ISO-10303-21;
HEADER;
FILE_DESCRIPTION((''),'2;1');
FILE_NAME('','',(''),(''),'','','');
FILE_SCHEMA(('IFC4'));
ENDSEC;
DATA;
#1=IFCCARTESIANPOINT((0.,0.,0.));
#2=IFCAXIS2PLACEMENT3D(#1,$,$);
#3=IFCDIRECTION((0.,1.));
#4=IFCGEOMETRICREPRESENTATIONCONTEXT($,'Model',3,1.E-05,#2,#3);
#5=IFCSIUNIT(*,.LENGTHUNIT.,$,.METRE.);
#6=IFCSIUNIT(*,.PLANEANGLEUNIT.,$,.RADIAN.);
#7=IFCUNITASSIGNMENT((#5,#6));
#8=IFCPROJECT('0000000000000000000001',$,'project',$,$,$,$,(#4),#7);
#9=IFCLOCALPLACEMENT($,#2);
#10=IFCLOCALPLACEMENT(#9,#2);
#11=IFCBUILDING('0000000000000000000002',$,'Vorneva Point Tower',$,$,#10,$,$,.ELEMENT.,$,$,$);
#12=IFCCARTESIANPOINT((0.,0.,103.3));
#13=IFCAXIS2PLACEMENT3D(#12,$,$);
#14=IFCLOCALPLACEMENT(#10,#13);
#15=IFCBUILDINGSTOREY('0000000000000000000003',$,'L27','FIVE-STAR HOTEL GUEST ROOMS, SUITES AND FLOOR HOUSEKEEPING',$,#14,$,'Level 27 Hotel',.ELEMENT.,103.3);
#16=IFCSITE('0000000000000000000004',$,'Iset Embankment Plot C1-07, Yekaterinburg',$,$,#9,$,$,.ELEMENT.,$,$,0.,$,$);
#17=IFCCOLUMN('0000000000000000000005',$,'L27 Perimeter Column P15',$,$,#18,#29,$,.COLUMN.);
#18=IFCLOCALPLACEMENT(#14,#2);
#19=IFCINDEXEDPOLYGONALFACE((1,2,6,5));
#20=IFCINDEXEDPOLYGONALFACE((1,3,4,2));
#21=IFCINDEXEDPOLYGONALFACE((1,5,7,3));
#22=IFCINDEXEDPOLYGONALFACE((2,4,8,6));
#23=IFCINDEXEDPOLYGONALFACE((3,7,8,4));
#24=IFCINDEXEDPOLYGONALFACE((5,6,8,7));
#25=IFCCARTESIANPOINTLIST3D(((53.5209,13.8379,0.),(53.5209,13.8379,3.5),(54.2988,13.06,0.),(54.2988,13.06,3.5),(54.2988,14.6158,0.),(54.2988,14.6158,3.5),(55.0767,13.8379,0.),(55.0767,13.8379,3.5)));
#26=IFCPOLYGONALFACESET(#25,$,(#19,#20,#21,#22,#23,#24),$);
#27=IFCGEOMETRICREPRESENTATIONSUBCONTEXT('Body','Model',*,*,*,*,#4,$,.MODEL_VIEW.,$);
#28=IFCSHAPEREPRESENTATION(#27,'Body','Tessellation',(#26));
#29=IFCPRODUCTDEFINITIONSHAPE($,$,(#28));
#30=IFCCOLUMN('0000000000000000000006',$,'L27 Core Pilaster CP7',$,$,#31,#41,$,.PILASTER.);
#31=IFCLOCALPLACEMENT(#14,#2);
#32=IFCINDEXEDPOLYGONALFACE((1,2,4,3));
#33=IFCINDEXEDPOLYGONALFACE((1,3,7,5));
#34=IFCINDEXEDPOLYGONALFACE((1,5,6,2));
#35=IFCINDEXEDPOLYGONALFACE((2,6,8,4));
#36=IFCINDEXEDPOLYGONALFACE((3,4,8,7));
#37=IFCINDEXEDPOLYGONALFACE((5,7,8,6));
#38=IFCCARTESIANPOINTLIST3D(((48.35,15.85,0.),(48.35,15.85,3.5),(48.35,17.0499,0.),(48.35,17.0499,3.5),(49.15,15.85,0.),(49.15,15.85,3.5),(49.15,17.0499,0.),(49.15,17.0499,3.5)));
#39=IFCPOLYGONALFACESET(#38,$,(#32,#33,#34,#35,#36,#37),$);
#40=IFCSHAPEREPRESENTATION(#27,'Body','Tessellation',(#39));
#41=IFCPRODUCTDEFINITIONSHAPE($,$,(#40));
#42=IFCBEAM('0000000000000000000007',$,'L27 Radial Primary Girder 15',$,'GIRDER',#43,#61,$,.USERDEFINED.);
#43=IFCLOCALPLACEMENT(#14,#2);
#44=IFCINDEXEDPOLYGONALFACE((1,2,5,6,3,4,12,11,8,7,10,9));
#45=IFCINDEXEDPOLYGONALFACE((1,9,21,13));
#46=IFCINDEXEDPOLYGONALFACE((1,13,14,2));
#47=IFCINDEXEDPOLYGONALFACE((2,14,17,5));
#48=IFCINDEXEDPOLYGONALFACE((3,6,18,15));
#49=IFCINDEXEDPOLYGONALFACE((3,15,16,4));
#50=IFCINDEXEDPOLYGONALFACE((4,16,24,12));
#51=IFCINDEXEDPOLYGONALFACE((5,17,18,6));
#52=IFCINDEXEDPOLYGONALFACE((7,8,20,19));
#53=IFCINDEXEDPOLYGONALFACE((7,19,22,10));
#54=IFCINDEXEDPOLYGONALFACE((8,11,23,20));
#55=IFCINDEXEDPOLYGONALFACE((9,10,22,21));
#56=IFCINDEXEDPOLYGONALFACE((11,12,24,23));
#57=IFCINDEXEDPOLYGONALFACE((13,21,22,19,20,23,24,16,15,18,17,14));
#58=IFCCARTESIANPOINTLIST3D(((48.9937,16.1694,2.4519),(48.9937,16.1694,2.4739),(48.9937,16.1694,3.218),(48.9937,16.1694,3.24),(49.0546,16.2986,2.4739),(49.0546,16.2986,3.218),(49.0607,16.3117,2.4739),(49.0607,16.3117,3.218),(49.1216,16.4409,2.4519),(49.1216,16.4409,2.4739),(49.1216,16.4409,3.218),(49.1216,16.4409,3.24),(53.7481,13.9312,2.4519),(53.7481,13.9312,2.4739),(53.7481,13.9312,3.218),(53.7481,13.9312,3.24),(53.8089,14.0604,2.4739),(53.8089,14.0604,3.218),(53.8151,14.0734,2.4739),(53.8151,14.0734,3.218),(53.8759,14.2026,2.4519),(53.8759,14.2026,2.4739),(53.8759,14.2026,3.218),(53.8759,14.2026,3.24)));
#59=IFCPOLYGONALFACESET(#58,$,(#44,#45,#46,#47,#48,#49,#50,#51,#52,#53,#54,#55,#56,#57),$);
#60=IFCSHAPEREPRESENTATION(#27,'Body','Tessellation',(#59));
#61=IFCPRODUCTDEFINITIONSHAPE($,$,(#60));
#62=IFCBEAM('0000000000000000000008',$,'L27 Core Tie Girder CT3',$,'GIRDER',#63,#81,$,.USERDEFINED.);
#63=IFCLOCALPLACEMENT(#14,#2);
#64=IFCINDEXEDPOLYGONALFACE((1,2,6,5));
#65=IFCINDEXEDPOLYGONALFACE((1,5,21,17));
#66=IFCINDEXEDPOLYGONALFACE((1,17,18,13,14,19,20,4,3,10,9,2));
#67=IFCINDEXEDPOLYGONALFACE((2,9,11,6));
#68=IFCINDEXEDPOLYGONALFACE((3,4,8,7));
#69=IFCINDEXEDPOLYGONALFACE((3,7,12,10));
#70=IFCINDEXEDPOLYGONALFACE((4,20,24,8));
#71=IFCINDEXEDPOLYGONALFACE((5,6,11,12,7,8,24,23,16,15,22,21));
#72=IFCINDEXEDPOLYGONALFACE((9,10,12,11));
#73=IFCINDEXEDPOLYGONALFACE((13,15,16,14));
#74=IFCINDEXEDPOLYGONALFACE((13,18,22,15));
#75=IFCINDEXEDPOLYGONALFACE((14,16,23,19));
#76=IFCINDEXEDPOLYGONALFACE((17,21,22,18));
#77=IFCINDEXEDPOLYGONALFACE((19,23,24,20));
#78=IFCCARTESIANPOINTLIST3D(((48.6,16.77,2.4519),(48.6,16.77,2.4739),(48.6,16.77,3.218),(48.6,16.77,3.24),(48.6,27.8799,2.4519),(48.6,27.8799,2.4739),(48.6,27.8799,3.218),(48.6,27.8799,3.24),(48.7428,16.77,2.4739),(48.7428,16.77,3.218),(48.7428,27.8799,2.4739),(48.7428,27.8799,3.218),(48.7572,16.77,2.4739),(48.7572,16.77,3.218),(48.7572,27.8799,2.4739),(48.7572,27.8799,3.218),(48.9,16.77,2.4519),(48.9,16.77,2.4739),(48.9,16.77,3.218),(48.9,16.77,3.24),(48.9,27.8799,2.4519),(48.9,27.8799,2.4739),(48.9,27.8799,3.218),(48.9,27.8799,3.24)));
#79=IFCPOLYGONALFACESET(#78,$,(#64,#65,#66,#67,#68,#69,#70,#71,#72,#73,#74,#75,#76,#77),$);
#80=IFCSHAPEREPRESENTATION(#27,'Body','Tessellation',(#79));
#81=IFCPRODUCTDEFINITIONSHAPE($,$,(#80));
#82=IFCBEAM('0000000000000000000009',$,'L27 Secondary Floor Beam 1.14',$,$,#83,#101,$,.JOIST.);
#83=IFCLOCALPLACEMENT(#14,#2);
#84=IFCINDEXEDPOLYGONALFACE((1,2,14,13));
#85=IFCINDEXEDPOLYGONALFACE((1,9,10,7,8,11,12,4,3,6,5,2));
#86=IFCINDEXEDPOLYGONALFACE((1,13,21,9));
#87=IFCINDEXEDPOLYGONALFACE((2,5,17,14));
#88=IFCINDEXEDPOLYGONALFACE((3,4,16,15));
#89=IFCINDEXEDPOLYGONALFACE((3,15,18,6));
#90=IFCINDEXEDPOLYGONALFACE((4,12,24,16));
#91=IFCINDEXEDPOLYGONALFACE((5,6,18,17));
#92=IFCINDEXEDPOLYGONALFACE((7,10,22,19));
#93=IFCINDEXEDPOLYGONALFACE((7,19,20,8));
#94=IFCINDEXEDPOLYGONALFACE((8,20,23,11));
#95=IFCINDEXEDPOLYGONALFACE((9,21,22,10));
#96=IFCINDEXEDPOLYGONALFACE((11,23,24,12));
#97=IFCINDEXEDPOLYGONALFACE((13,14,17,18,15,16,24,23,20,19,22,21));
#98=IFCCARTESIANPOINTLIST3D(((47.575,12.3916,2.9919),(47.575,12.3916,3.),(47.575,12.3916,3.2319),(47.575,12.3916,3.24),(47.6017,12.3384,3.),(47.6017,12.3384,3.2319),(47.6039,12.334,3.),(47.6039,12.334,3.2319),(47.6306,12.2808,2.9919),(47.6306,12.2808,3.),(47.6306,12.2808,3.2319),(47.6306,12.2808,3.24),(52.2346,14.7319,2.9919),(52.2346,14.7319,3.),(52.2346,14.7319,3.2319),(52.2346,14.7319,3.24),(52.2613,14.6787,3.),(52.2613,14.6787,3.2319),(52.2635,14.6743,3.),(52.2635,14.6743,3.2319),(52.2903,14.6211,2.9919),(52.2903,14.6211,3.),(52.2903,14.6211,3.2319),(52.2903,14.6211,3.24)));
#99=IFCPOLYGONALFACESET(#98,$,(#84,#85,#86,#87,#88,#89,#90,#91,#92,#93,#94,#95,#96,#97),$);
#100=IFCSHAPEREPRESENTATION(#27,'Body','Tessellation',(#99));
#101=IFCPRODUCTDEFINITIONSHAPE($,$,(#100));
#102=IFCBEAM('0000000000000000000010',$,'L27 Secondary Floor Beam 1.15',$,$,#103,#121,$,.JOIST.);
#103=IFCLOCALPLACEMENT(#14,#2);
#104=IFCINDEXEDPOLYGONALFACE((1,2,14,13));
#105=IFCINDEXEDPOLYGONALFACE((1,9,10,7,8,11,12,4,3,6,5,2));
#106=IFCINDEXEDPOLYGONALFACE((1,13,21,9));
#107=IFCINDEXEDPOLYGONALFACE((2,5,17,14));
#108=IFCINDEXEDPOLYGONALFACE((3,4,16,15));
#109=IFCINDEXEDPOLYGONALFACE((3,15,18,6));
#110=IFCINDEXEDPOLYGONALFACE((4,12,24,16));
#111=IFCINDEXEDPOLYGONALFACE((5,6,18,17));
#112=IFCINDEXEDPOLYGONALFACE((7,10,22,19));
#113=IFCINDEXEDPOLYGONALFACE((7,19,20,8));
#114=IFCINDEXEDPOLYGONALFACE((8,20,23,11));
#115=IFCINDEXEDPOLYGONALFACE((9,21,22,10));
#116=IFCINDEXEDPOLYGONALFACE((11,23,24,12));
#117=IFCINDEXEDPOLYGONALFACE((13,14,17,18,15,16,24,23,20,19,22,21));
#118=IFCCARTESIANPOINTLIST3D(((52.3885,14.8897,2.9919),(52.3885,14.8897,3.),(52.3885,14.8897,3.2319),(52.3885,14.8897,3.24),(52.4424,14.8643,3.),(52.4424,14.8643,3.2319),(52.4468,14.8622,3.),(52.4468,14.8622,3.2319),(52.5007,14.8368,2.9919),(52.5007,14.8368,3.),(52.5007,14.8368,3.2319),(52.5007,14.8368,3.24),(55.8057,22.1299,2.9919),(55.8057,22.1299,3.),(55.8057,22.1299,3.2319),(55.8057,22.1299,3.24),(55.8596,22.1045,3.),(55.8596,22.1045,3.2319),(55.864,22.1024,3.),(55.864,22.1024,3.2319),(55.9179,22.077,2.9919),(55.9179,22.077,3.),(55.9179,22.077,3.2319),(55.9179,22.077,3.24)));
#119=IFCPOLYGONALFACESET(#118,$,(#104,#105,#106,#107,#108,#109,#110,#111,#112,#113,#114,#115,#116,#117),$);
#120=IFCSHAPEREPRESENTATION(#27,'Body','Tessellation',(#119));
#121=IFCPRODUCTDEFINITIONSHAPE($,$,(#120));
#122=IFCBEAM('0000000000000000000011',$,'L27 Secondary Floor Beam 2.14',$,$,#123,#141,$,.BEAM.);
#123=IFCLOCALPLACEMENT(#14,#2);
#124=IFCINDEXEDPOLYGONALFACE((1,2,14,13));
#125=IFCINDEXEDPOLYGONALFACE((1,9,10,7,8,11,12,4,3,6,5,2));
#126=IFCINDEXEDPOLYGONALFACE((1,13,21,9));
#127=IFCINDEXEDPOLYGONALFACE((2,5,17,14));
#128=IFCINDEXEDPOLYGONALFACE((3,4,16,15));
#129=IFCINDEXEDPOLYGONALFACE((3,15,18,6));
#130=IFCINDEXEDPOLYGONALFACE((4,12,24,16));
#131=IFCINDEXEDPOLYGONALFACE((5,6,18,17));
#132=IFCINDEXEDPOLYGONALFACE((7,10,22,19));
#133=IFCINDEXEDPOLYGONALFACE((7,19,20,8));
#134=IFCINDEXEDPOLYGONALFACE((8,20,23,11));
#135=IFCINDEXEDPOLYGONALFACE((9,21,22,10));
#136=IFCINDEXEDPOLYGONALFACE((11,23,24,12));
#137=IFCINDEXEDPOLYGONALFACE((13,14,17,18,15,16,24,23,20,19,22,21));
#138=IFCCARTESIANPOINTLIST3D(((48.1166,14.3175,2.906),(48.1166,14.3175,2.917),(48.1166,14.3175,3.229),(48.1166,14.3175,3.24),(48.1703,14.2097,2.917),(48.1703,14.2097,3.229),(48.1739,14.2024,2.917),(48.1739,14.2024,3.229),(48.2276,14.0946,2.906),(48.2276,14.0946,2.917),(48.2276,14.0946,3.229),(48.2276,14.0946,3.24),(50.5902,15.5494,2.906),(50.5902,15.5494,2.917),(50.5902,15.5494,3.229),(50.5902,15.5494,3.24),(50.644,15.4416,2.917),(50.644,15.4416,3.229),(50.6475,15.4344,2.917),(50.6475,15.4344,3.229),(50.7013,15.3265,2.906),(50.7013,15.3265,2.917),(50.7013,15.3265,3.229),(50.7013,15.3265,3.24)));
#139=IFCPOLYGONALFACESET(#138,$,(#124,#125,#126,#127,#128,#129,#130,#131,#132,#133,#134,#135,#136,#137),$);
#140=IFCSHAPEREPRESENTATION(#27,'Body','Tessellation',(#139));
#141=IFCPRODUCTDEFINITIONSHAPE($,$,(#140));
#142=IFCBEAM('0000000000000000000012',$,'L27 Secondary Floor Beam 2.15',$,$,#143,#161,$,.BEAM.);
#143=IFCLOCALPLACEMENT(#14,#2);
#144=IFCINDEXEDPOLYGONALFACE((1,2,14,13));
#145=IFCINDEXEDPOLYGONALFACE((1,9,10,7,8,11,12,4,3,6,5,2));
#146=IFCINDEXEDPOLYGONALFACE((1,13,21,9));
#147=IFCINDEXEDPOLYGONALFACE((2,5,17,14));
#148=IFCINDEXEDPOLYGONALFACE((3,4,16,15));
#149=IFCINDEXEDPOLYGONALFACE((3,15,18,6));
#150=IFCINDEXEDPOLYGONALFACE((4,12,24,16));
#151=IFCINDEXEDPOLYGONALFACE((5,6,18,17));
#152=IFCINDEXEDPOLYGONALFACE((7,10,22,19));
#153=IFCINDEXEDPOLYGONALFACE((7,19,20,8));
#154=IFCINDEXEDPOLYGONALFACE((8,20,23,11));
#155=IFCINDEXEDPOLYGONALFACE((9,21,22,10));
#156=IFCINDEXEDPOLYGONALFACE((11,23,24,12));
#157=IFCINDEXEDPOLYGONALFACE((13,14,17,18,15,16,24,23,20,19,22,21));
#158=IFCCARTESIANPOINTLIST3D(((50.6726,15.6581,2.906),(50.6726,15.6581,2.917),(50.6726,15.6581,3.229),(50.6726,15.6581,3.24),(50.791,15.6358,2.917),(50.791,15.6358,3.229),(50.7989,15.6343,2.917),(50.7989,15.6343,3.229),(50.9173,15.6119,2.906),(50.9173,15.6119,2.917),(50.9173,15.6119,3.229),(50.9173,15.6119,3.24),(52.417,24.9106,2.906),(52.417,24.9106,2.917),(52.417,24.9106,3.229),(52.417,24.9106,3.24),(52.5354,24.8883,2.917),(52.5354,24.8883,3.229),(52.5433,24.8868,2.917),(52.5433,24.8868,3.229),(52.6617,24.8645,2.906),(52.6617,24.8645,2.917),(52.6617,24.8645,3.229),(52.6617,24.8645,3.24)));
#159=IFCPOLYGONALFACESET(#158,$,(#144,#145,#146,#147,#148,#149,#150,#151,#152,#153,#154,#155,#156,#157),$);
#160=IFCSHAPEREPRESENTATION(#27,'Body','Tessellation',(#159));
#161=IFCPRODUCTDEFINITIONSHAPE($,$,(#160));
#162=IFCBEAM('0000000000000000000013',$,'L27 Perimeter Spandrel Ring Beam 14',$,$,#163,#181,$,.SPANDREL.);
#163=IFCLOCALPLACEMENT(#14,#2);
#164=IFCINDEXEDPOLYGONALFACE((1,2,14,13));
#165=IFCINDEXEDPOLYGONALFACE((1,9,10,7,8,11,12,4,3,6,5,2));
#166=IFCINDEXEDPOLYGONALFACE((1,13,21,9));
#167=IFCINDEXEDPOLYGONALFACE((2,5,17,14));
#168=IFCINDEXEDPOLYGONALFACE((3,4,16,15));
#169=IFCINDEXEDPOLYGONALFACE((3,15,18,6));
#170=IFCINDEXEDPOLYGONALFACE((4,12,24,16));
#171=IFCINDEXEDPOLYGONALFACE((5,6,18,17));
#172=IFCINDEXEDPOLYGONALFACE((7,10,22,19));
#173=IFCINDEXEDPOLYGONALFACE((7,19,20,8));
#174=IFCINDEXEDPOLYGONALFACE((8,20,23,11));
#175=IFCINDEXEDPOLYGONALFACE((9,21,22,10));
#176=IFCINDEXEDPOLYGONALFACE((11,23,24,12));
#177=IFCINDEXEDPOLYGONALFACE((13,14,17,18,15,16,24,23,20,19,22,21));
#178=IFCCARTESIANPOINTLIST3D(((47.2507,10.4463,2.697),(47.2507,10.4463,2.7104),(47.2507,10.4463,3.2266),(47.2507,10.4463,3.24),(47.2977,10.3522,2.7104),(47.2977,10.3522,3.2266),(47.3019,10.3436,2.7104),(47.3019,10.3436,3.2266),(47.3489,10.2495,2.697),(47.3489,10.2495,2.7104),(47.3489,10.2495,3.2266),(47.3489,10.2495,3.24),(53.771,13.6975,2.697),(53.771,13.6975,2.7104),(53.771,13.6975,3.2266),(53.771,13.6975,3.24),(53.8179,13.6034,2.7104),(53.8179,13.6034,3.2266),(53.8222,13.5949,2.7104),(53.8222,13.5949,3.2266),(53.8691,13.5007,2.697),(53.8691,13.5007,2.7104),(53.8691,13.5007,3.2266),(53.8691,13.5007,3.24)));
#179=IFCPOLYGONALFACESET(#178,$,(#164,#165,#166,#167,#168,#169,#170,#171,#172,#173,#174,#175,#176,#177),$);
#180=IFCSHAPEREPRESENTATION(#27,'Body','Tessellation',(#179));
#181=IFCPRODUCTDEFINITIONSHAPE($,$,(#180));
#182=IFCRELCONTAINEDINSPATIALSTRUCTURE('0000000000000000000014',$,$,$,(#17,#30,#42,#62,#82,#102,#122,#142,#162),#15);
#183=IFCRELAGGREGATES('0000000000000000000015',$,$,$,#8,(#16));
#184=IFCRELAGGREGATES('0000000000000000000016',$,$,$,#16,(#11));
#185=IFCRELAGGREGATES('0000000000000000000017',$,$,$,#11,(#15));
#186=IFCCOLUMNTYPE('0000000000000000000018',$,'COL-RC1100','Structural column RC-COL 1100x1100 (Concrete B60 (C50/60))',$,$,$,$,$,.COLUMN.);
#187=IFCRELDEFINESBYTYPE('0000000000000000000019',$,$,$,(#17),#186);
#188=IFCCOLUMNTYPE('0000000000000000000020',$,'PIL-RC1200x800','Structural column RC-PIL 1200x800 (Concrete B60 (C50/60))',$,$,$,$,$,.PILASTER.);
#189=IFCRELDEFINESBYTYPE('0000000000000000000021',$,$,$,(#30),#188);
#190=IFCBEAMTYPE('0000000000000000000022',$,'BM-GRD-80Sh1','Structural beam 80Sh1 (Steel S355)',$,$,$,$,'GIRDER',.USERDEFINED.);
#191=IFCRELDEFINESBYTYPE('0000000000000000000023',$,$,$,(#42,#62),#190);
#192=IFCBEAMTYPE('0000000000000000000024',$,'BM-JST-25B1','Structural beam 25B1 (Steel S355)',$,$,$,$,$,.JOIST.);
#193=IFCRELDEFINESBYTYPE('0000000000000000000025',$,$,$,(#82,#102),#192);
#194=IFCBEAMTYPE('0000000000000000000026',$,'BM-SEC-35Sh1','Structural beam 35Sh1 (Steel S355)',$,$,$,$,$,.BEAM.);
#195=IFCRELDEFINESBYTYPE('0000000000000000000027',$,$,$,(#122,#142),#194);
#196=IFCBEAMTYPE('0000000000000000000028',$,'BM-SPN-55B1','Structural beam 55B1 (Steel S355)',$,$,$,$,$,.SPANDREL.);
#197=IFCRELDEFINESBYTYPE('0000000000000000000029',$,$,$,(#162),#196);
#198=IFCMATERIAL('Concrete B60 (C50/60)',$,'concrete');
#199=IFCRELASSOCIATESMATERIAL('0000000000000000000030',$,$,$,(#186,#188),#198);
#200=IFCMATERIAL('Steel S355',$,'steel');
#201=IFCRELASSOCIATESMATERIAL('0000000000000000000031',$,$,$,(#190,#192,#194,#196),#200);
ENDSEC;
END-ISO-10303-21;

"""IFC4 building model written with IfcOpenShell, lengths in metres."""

from ifc_helpers import new_model, si_unit, direction, frame, origin, origin_2d, place, context, subcontext, project, spatial, rectangle, i_section, extrude, material, material_profile, profile_set, type_object, element, save


model = new_model("IFC4")

# Units and contexts
model_context = context("Model", 3, precision=1e-05, world=origin(), true_north=direction((0.0, 1.0)))
body_context = subcontext(model_context, "Body", "Model", "MODEL_VIEW")
ifc_project = project(units=[si_unit("LENGTHUNIT", "METRE"), si_unit("PLANEANGLEUNIT", "RADIAN")], contexts=[model_context])

# Site, building, storey
site_placement = place(None, origin())
site = spatial("IfcSite", under=ifc_project, at=site_placement, Name="Iset Embankment Plot C1-07, Yekaterinburg", CompositionType="ELEMENT", RefElevation=0.0)
building_placement = place(site_placement, origin())
building = spatial("IfcBuilding", under=site, at=building_placement, Name="Vorneva Point Tower", CompositionType="ELEMENT")
storey_placement = place(building_placement, frame((0.0, 0.0, 103.3)))
storey = spatial("IfcBuildingStorey", under=building, at=storey_placement, Name="L27", Description="FIVE-STAR HOTEL GUEST ROOMS, SUITES AND FLOOR HOUSEKEEPING", LongName="Level 27 Hotel", CompositionType="ELEMENT", Elevation=103.3)

# Columns
ifc_material_1 = material(Name="Concrete B60 (C50/60)", Category="concrete")
ifc_material_profile_1 = material_profile(ifc_material_1, rectangle(XDim=1.1001, YDim=1.1001, at=origin_2d()), Name="RC-COL 1100x1100")
ifc_profile_set_1 = profile_set([ifc_material_profile_1], Name="Concrete B60 (C50/60)")
column_type_1 = type_object("IfcColumnType", Name="COL-RC1100", Description="Structural column RC-COL 1100x1100 (Concrete B60 (C50/60))", PredefinedType="COLUMN", material=ifc_profile_set_1)
column_1_placement = place(storey_placement, frame((54.2988, 13.8379, 0.0), z_axis=(0.0, 0.0, 1.0), x_axis=(0.707107, -0.707107, 0.0)))
element("IfcColumn", 1, at=column_1_placement, inside=storey, type_object=column_type_1, Name="L27 Perimeter Column P15", PredefinedType="COLUMN", context=body_context, shape_type="SweptSolid", body=[
    extrude(rectangle(XDim=1.1001, YDim=1.1001, at=origin_2d()), origin(), (0.0, 0.0, 1.0), 3.5),
])
ifc_material_profile_2 = material_profile(ifc_material_1, rectangle(XDim=0.8, YDim=1.2, at=origin_2d()), Name="RC-PIL 1200x800")
ifc_profile_set_2 = profile_set([ifc_material_profile_2], Name="Concrete B60 (C50/60)")
column_type_2 = type_object("IfcColumnType", Name="PIL-RC1200x800", Description="Structural column RC-PIL 1200x800 (Concrete B60 (C50/60))", PredefinedType="PILASTER", material=ifc_profile_set_2)
column_2_placement = place(storey_placement, frame((48.75, 16.45, 0.0), z_axis=(0.0, 0.0, 1.0), x_axis=(1.0, 0.0, 0.0)))
element("IfcColumn", 2, at=column_2_placement, inside=storey, type_object=column_type_2, Name="L27 Core Pilaster CP7", PredefinedType="PILASTER", context=body_context, shape_type="SweptSolid", body=[
    extrude(rectangle(XDim=0.8, YDim=1.2, at=origin_2d()), origin(), (0.0, 0.0, 1.0), 3.5),
])

# Beams
ifc_material_2 = material(Name="Steel S355", Category="steel")
ifc_material_profile_3 = material_profile(ifc_material_2, i_section(OverallWidth=0.3, OverallDepth=0.7881, WebThickness=0.0144, FlangeThickness=0.022, at=origin_2d()), Name="80Sh1")
ifc_profile_set_3 = profile_set([ifc_material_profile_3], Name="Steel S355")
beam_type_1 = type_object("IfcBeamType", Name="BM-GRD-80Sh1", Description="Structural beam 80Sh1 (Steel S355)", ElementType="GIRDER", PredefinedType="USERDEFINED", material=ifc_profile_set_3)
beam_1_placement = place(storey_placement, frame((53.812, 14.0669, 2.8459), z_axis=(-0.904751, 0.42594, 0.0), x_axis=(-0.42594, -0.904751, 0.0)))
element("IfcBeam", 3, at=beam_1_placement, inside=storey, type_object=beam_type_1, Name="L27 Radial Primary Girder 15", ObjectType="GIRDER", PredefinedType="USERDEFINED", context=body_context, shape_type="SweptSolid", body=[
    extrude(i_section(OverallWidth=0.3, OverallDepth=0.7881, WebThickness=0.0144, FlangeThickness=0.022, at=origin_2d()), origin(), (0.0, 0.0, 1.0), 5.2549),
])
beam_2_placement = place(storey_placement, frame((48.75, 16.77, 2.8459), z_axis=(0.0, 1.0, 0.0), x_axis=(-1.0, 0.0, 0.0)))
element("IfcBeam", 4, at=beam_2_placement, inside=storey, type_object=beam_type_1, Name="L27 Core Tie Girder CT3", ObjectType="GIRDER", PredefinedType="USERDEFINED", context=body_context, shape_type="SweptSolid", body=[
    extrude(i_section(OverallWidth=0.3, OverallDepth=0.7881, WebThickness=0.0144, FlangeThickness=0.022, at=origin_2d()), origin(), (0.0, 0.0, 1.0), 11.1099),
])
ifc_material_profile_4 = material_profile(ifc_material_2, i_section(OverallWidth=0.124, OverallDepth=0.248, WebThickness=0.0049, FlangeThickness=0.0081, at=origin_2d()), Name="25B1")
ifc_profile_set_4 = profile_set([ifc_material_profile_4], Name="Steel S355")
beam_type_2 = type_object("IfcBeamType", Name="BM-JST-25B1", Description="Structural beam 25B1 (Steel S355)", PredefinedType="JOIST", material=ifc_profile_set_4)
beam_3_placement = place(storey_placement, frame((47.6028, 12.3362, 3.116), z_axis=(0.89362, 0.448824, 0.0), x_axis=(-0.448824, 0.89362, 0.0)))
element("IfcBeam", 5, at=beam_3_placement, inside=storey, type_object=beam_type_2, Name="L27 Secondary Floor Beam 1.14", PredefinedType="JOIST", context=body_context, shape_type="SweptSolid", body=[
    extrude(i_section(OverallWidth=0.124, OverallDepth=0.248, WebThickness=0.0049, FlangeThickness=0.0081, at=origin_2d()), origin(), (0.0, 0.0, 1.0), 5.2144),
])
beam_4_placement = place(storey_placement, frame((52.4446, 14.8633, 3.116), z_axis=(0.426826, 0.904334, 0.0), x_axis=(-0.904334, 0.426826, 0.0)))
element("IfcBeam", 6, at=beam_4_placement, inside=storey, type_object=beam_type_2, Name="L27 Secondary Floor Beam 1.15", PredefinedType="JOIST", context=body_context, shape_type="SweptSolid", body=[
    extrude(i_section(OverallWidth=0.124, OverallDepth=0.248, WebThickness=0.0049, FlangeThickness=0.0081, at=origin_2d()), origin(), (0.0, 0.0, 1.0), 8.0061),
])
ifc_material_profile_5 = material_profile(ifc_material_2, i_section(OverallWidth=0.249, OverallDepth=0.334, WebThickness=0.0081, FlangeThickness=0.011, at=origin_2d()), Name="35Sh1")
ifc_profile_set_5 = profile_set([ifc_material_profile_5], Name="Steel S355")
beam_type_3 = type_object("IfcBeamType", Name="BM-SEC-35Sh1", Description="Structural beam 35Sh1 (Steel S355)", PredefinedType="BEAM", material=ifc_profile_set_5)
beam_5_placement = place(storey_placement, frame((48.1721, 14.2061, 3.073), z_axis=(0.895133, 0.445799, 0.0), x_axis=(-0.445799, 0.895133, 0.0)))
element("IfcBeam", 7, at=beam_5_placement, inside=storey, type_object=beam_type_3, Name="L27 Secondary Floor Beam 2.14", PredefinedType="BEAM", context=body_context, shape_type="SweptSolid", body=[
    extrude(i_section(OverallWidth=0.249, OverallDepth=0.334, WebThickness=0.0081, FlangeThickness=0.011, at=origin_2d()), origin(), (0.0, 0.0, 1.0), 2.7634),
])
beam_6_placement = place(storey_placement, frame((50.7949, 15.635, 3.073), z_axis=(0.185268, 0.982688, 0.0), x_axis=(-0.982688, 0.185268, 0.0)))
element("IfcBeam", 8, at=beam_6_placement, inside=storey, type_object=beam_type_3, Name="L27 Secondary Floor Beam 2.15", PredefinedType="BEAM", context=body_context, shape_type="SweptSolid", body=[
    extrude(i_section(OverallWidth=0.249, OverallDepth=0.334, WebThickness=0.0081, FlangeThickness=0.011, at=origin_2d()), origin(), (0.0, 0.0, 1.0), 9.4155),
])
ifc_material_profile_6 = material_profile(ifc_material_2, i_section(OverallWidth=0.22, OverallDepth=0.543, WebThickness=0.0095, FlangeThickness=0.0134, at=origin_2d()), Name="55B1")
ifc_profile_set_6 = profile_set([ifc_material_profile_6], Name="Steel S355")
beam_type_4 = type_object("IfcBeamType", Name="BM-SPN-55B1", Description="Structural beam 55B1 (Steel S355)", PredefinedType="SPANDREL", material=ifc_profile_set_6)
beam_7_placement = place(storey_placement, frame((47.2998, 10.3479, 2.9685), z_axis=(0.894916, 0.446235, 0.0), x_axis=(-0.446235, 0.894916, 0.0)))
element("IfcBeam", 9, at=beam_7_placement, inside=storey, type_object=beam_type_4, Name="L27 Perimeter Spandrel Ring Beam 14", PredefinedType="SPANDREL", context=body_context, shape_type="SweptSolid", body=[
    extrude(i_section(OverallWidth=0.22, OverallDepth=0.543, WebThickness=0.0095, FlangeThickness=0.0134, at=origin_2d()), origin(), (0.0, 0.0, 1.0), 7.2859),
])

save(model, "model.ifc")
